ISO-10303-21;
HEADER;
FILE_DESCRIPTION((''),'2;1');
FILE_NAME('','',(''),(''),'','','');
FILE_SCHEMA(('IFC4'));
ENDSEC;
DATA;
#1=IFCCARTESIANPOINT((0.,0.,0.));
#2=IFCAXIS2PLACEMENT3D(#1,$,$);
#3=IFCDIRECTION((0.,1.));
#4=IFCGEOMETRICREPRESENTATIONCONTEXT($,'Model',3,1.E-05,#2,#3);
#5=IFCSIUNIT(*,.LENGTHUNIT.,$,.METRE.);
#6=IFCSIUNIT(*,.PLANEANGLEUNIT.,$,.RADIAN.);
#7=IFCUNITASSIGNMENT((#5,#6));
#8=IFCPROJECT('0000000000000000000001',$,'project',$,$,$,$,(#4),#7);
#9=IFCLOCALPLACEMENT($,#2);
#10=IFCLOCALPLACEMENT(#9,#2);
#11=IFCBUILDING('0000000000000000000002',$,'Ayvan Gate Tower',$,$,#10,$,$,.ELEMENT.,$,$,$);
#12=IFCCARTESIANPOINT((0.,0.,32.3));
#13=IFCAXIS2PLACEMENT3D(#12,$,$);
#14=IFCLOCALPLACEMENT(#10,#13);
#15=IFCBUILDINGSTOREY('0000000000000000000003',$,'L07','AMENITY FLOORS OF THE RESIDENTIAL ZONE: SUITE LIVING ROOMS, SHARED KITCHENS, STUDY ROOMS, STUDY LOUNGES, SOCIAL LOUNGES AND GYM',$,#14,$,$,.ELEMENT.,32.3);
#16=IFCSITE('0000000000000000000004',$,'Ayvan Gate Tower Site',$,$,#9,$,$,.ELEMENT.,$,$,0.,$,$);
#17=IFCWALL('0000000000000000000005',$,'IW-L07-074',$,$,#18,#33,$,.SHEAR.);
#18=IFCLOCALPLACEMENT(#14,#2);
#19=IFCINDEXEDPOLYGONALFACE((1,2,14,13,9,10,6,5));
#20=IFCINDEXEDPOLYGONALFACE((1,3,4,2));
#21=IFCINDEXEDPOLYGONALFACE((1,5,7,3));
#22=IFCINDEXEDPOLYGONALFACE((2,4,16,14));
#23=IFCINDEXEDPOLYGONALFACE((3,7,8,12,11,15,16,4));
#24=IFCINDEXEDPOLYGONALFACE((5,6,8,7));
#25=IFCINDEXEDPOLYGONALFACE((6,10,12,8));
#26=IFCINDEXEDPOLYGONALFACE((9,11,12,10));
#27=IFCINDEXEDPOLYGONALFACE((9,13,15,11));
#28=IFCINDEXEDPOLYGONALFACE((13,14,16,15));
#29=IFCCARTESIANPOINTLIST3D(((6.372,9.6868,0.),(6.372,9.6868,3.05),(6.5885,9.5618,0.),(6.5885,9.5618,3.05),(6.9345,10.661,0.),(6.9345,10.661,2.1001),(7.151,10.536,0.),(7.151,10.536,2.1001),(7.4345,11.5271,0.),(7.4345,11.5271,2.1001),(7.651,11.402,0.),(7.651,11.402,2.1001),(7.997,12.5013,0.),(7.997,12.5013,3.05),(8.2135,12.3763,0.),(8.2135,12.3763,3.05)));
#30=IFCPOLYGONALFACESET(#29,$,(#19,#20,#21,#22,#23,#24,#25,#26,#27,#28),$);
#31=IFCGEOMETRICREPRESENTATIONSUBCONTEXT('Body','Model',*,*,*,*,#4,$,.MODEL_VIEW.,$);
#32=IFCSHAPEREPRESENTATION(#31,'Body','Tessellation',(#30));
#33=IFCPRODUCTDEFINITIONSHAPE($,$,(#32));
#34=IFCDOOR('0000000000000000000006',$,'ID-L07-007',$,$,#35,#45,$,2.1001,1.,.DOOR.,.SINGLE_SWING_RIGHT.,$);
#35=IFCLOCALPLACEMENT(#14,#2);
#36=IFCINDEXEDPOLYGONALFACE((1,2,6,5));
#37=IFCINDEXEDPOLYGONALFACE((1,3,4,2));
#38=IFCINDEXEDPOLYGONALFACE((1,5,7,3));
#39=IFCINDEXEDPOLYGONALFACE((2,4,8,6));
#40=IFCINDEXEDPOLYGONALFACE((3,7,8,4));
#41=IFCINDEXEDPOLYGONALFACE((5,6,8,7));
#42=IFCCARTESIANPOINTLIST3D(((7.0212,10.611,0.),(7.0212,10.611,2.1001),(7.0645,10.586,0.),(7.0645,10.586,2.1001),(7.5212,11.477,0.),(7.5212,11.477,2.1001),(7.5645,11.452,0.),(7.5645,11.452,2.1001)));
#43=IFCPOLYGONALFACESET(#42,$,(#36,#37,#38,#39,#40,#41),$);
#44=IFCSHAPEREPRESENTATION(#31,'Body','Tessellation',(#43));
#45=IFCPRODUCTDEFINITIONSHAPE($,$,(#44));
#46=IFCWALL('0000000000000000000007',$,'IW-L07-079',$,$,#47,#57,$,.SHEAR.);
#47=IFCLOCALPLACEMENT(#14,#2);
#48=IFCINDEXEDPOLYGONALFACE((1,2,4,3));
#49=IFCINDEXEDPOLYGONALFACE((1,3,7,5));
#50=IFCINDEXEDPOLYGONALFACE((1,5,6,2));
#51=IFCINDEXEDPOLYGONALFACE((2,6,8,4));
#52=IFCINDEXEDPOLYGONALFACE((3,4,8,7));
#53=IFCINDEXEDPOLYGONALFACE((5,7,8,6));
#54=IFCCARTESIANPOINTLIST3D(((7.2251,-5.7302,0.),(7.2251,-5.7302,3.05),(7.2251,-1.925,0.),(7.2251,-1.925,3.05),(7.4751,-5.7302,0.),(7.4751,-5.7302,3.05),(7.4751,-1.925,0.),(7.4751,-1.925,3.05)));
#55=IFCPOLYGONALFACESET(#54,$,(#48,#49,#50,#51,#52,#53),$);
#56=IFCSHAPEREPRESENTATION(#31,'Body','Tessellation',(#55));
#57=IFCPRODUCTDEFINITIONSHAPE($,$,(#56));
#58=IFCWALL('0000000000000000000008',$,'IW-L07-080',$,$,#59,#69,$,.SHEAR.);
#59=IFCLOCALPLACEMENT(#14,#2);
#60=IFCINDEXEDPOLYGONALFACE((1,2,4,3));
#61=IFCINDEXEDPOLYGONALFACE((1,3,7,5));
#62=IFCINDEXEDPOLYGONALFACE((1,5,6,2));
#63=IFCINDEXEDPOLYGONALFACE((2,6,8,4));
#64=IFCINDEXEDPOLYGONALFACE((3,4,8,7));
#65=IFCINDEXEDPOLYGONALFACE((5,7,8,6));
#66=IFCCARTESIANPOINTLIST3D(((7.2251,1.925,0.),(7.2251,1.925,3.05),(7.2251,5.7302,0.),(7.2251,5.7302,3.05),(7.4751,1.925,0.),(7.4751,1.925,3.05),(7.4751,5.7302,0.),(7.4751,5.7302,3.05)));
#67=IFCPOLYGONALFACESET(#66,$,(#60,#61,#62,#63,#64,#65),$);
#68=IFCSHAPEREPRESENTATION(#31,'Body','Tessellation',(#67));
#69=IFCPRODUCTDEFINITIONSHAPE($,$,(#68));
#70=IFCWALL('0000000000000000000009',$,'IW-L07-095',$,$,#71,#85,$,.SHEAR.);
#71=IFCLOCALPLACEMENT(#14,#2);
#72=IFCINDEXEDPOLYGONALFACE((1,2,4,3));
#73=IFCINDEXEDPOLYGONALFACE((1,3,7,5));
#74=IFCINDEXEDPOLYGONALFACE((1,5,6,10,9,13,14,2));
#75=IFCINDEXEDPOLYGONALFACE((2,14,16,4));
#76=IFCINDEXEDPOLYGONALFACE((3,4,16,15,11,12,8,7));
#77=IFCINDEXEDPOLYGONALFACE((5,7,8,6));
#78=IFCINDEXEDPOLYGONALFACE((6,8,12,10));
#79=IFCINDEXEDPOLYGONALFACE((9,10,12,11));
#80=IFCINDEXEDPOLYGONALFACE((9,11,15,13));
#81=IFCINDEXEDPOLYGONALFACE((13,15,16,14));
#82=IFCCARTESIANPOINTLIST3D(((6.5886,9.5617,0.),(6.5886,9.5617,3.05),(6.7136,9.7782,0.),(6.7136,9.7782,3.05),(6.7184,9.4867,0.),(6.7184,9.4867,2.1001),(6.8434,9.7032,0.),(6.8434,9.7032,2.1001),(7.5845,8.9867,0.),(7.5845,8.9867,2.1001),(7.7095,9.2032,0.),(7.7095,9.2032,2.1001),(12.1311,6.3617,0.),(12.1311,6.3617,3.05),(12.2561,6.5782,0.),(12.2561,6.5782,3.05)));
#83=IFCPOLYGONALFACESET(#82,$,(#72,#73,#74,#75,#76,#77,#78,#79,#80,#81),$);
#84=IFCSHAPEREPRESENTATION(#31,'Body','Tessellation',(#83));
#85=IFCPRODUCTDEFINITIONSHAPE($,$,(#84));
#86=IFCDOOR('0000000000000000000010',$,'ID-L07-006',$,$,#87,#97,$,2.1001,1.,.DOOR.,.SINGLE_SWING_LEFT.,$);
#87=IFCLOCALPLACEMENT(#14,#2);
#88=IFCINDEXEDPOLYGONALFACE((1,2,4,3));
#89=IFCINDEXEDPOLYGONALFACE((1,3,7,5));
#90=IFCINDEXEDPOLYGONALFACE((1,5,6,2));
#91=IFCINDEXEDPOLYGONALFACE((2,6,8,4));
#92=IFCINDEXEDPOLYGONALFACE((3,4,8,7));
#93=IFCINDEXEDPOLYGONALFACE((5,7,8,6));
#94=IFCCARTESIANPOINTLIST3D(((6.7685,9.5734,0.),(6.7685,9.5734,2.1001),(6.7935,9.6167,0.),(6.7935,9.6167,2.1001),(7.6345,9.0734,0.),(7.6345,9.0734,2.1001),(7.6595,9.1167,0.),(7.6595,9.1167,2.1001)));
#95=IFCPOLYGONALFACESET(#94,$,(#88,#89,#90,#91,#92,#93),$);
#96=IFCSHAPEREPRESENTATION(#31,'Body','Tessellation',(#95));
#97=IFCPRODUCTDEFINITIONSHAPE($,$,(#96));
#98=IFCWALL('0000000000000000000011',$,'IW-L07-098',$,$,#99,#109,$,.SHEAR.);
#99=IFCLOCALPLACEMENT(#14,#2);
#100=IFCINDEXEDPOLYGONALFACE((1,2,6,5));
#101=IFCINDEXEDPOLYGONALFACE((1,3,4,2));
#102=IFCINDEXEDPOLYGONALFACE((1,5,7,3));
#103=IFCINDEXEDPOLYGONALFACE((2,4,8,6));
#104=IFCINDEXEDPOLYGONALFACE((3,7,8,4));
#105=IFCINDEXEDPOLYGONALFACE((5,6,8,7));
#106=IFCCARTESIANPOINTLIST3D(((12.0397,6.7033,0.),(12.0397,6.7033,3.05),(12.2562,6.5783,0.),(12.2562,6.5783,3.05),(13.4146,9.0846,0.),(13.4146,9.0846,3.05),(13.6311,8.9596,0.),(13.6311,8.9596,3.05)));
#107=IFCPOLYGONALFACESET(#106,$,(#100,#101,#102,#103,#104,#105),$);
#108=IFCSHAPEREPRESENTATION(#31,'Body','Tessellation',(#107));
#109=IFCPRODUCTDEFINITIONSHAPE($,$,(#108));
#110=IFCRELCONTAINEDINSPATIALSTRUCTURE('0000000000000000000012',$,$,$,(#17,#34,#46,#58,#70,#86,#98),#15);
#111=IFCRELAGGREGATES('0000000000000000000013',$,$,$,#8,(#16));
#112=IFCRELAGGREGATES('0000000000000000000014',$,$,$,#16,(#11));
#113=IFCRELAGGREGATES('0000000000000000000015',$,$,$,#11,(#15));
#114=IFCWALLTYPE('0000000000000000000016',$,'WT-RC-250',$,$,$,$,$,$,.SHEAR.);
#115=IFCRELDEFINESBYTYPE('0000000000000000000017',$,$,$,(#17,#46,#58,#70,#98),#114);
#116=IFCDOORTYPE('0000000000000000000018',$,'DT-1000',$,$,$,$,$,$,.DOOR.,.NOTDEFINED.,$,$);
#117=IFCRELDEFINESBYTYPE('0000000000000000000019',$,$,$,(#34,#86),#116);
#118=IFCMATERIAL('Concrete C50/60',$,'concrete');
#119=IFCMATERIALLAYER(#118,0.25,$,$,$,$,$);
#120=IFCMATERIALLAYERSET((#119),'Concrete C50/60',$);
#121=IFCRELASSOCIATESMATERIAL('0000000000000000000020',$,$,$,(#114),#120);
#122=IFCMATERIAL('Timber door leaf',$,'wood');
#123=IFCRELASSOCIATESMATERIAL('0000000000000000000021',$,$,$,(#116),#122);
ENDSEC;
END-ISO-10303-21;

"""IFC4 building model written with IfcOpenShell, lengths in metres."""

from ifc_helpers import new_model, si_unit, direction, frame, frame_2d, origin, place, context, subcontext, project, spatial, rectangle, extrude, material, layer, layer_set, type_object, element, fill, save


model = new_model("IFC4")

# Units and contexts
model_context = context("Model", 3, precision=1e-05, world=origin(), true_north=direction((0.0, 1.0)))
body_context = subcontext(model_context, "Body", "Model", "MODEL_VIEW")
ifc_project = project(units=[si_unit("LENGTHUNIT", "METRE"), si_unit("PLANEANGLEUNIT", "RADIAN")], contexts=[model_context])

# Site, building, storey
site_placement = place(None, origin())
site = spatial("IfcSite", under=ifc_project, at=site_placement, Name="Ayvan Gate Tower Site", CompositionType="ELEMENT", RefElevation=0.0)
building_placement = place(site_placement, origin())
building = spatial("IfcBuilding", under=site, at=building_placement, Name="Ayvan Gate Tower", CompositionType="ELEMENT")
storey_placement = place(building_placement, frame((0.0, 0.0, 32.3)))
storey = spatial("IfcBuildingStorey", under=building, at=storey_placement, Name="L07", Description="AMENITY FLOORS OF THE RESIDENTIAL ZONE: SUITE LIVING ROOMS, SHARED KITCHENS, STUDY ROOMS, STUDY LOUNGES, SOCIAL LOUNGES AND GYM", CompositionType="ELEMENT", Elevation=32.3)

# Shared definitions
ifc_material_1 = material(Name="Timber door leaf", Category="wood")

# Shared definitions
ifc_material_2 = material(Name="Concrete C50/60", Category="concrete")
ifc_layer_1 = layer(ifc_material_2, 0.25)
ifc_layer_set_1 = layer_set([ifc_layer_1], Name="Concrete C50/60")
wall_type_1 = type_object("IfcWallType", Name="WT-RC-250", PredefinedType="SHEAR", material=ifc_layer_set_1)

# Wall, opening, door
wall_1_placement = place(storey_placement, frame((6.4802, 9.6243, 0.0), z_axis=(0.0, 0.0, 1.0), x_axis=(0.500017, 0.866015, 0.0)))
wall_1 = element("IfcWall", 1, at=wall_1_placement, inside=storey, type_object=wall_type_1, Name="IW-L07-074", PredefinedType="SHEAR", context=body_context, shape_type="SweptSolid", body=[
    extrude(rectangle(XDim=3.25, YDim=0.25, at=frame_2d((1.625, 0.0))), origin(), (0.0, 0.0, 1.0), 3.05),
])
opening_1_placement = place(wall_1_placement, frame((1.125, 0.0, 0.0)))
opening_1 = element("IfcOpeningElement", 2, at=opening_1_placement, cuts=wall_1, PredefinedType="OPENING", context=body_context, shape_type="SweptSolid", body=[
    extrude(rectangle(XDim=1.0, YDim=2.1001, at=frame_2d((0.5, 1.05))), frame((0.0, 0.135, 0.0), z_axis=(0.0, -1.0, 0.0), x_axis=(1.0, 0.0, 0.0)), (0.0, 0.0, 1.0), 0.27),
])
door_type_1 = type_object("IfcDoorType", Name="DT-1000", OperationType="NOTDEFINED", PredefinedType="DOOR", material=ifc_material_1)
door_1_placement = place(opening_1_placement, origin())
door_1 = element("IfcDoor", 3, at=door_1_placement, inside=storey, type_object=door_type_1, Name="ID-L07-007", OperationType="SINGLE_SWING_RIGHT", OverallHeight=2.1001, OverallWidth=1.0, PredefinedType="DOOR", context=body_context, shape_type="SweptSolid", body=[
    extrude(rectangle(XDim=1.0, YDim=2.1001, at=frame_2d((0.5, 1.05))), frame((0.0, 0.0249, 0.0), z_axis=(0.0, -1.0, 0.0), x_axis=(1.0, 0.0, 0.0)), (0.0, 0.0, 1.0), 0.05),
])
fill(opening_1, door_1)

# Walls
for number, where, z_axis, x_axis, name in (
    (4, (7.3501, -1.925, 0.0), (0.0, 0.0, 1.0), (0.0, -1.0, 0.0), "IW-L07-079"),
    (5, (7.3501, 5.7302, 0.0), (0.0, 0.0, 1.0), (0.0, -1.0, 0.0), "IW-L07-080"),
):
    element("IfcWall", number, at=place(storey_placement, frame(where, z_axis=z_axis, x_axis=x_axis)), inside=storey, type_object=wall_type_1, Name=name, PredefinedType="SHEAR", context=body_context, shape_type="SweptSolid", body=[
        extrude(rectangle(XDim=3.8052, YDim=0.25, at=frame_2d((1.9026, 0.0))), origin(), (0.0, 0.0, 1.0), 3.05),
    ])

# Wall, opening, door
wall_2_placement = place(storey_placement, frame((12.1936, 6.47, 0.0), z_axis=(0.0, 0.0, 1.0), x_axis=(-0.866025, 0.5, 0.0)))
wall_2 = element("IfcWall", 6, at=wall_2_placement, inside=storey, type_object=wall_type_1, Name="IW-L07-095", PredefinedType="SHEAR", context=body_context, shape_type="SweptSolid", body=[
    extrude(rectangle(XDim=6.3999, YDim=0.25, at=frame_2d((3.2, 0.0))), origin(), (0.0, 0.0, 1.0), 3.05),
])
opening_2_placement = place(wall_2_placement, frame((5.25, 0.0, 0.0)))
opening_2 = element("IfcOpeningElement", 7, at=opening_2_placement, cuts=wall_2, PredefinedType="OPENING", context=body_context, shape_type="SweptSolid", body=[
    extrude(rectangle(XDim=1.0, YDim=2.1001, at=frame_2d((0.5, 1.05))), frame((0.0, 0.135, 0.0), z_axis=(0.0, -1.0, 0.0), x_axis=(1.0, 0.0, 0.0)), (0.0, 0.0, 1.0), 0.27),
])
door_2_placement = place(opening_2_placement, origin())
door_2 = element("IfcDoor", 8, at=door_2_placement, inside=storey, type_object=door_type_1, Name="ID-L07-006", OperationType="SINGLE_SWING_LEFT", OverallHeight=2.1001, OverallWidth=1.0, PredefinedType="DOOR", context=body_context, shape_type="SweptSolid", body=[
    extrude(rectangle(XDim=1.0, YDim=2.1001, at=frame_2d((0.5, 1.05))), frame((0.0, 0.0249, 0.0), z_axis=(0.0, -1.0, 0.0), x_axis=(1.0, 0.0, 0.0)), (0.0, 0.0, 1.0), 0.05),
])
fill(opening_2, door_2)

# Wall
wall_3_placement = place(storey_placement, frame((13.5229, 9.0222, 0.0), z_axis=(0.0, 0.0, 1.0), x_axis=(-0.500035, -0.866005, 0.0)))
element("IfcWall", 9, at=wall_3_placement, inside=storey, type_object=wall_type_1, Name="IW-L07-098", PredefinedType="SHEAR", context=body_context, shape_type="SweptSolid", body=[
    extrude(rectangle(XDim=2.7498, YDim=0.25, at=frame_2d((1.375, 0.0))), origin(), (0.0, 0.0, 1.0), 3.05),
])

save(model, "model.ifc")
